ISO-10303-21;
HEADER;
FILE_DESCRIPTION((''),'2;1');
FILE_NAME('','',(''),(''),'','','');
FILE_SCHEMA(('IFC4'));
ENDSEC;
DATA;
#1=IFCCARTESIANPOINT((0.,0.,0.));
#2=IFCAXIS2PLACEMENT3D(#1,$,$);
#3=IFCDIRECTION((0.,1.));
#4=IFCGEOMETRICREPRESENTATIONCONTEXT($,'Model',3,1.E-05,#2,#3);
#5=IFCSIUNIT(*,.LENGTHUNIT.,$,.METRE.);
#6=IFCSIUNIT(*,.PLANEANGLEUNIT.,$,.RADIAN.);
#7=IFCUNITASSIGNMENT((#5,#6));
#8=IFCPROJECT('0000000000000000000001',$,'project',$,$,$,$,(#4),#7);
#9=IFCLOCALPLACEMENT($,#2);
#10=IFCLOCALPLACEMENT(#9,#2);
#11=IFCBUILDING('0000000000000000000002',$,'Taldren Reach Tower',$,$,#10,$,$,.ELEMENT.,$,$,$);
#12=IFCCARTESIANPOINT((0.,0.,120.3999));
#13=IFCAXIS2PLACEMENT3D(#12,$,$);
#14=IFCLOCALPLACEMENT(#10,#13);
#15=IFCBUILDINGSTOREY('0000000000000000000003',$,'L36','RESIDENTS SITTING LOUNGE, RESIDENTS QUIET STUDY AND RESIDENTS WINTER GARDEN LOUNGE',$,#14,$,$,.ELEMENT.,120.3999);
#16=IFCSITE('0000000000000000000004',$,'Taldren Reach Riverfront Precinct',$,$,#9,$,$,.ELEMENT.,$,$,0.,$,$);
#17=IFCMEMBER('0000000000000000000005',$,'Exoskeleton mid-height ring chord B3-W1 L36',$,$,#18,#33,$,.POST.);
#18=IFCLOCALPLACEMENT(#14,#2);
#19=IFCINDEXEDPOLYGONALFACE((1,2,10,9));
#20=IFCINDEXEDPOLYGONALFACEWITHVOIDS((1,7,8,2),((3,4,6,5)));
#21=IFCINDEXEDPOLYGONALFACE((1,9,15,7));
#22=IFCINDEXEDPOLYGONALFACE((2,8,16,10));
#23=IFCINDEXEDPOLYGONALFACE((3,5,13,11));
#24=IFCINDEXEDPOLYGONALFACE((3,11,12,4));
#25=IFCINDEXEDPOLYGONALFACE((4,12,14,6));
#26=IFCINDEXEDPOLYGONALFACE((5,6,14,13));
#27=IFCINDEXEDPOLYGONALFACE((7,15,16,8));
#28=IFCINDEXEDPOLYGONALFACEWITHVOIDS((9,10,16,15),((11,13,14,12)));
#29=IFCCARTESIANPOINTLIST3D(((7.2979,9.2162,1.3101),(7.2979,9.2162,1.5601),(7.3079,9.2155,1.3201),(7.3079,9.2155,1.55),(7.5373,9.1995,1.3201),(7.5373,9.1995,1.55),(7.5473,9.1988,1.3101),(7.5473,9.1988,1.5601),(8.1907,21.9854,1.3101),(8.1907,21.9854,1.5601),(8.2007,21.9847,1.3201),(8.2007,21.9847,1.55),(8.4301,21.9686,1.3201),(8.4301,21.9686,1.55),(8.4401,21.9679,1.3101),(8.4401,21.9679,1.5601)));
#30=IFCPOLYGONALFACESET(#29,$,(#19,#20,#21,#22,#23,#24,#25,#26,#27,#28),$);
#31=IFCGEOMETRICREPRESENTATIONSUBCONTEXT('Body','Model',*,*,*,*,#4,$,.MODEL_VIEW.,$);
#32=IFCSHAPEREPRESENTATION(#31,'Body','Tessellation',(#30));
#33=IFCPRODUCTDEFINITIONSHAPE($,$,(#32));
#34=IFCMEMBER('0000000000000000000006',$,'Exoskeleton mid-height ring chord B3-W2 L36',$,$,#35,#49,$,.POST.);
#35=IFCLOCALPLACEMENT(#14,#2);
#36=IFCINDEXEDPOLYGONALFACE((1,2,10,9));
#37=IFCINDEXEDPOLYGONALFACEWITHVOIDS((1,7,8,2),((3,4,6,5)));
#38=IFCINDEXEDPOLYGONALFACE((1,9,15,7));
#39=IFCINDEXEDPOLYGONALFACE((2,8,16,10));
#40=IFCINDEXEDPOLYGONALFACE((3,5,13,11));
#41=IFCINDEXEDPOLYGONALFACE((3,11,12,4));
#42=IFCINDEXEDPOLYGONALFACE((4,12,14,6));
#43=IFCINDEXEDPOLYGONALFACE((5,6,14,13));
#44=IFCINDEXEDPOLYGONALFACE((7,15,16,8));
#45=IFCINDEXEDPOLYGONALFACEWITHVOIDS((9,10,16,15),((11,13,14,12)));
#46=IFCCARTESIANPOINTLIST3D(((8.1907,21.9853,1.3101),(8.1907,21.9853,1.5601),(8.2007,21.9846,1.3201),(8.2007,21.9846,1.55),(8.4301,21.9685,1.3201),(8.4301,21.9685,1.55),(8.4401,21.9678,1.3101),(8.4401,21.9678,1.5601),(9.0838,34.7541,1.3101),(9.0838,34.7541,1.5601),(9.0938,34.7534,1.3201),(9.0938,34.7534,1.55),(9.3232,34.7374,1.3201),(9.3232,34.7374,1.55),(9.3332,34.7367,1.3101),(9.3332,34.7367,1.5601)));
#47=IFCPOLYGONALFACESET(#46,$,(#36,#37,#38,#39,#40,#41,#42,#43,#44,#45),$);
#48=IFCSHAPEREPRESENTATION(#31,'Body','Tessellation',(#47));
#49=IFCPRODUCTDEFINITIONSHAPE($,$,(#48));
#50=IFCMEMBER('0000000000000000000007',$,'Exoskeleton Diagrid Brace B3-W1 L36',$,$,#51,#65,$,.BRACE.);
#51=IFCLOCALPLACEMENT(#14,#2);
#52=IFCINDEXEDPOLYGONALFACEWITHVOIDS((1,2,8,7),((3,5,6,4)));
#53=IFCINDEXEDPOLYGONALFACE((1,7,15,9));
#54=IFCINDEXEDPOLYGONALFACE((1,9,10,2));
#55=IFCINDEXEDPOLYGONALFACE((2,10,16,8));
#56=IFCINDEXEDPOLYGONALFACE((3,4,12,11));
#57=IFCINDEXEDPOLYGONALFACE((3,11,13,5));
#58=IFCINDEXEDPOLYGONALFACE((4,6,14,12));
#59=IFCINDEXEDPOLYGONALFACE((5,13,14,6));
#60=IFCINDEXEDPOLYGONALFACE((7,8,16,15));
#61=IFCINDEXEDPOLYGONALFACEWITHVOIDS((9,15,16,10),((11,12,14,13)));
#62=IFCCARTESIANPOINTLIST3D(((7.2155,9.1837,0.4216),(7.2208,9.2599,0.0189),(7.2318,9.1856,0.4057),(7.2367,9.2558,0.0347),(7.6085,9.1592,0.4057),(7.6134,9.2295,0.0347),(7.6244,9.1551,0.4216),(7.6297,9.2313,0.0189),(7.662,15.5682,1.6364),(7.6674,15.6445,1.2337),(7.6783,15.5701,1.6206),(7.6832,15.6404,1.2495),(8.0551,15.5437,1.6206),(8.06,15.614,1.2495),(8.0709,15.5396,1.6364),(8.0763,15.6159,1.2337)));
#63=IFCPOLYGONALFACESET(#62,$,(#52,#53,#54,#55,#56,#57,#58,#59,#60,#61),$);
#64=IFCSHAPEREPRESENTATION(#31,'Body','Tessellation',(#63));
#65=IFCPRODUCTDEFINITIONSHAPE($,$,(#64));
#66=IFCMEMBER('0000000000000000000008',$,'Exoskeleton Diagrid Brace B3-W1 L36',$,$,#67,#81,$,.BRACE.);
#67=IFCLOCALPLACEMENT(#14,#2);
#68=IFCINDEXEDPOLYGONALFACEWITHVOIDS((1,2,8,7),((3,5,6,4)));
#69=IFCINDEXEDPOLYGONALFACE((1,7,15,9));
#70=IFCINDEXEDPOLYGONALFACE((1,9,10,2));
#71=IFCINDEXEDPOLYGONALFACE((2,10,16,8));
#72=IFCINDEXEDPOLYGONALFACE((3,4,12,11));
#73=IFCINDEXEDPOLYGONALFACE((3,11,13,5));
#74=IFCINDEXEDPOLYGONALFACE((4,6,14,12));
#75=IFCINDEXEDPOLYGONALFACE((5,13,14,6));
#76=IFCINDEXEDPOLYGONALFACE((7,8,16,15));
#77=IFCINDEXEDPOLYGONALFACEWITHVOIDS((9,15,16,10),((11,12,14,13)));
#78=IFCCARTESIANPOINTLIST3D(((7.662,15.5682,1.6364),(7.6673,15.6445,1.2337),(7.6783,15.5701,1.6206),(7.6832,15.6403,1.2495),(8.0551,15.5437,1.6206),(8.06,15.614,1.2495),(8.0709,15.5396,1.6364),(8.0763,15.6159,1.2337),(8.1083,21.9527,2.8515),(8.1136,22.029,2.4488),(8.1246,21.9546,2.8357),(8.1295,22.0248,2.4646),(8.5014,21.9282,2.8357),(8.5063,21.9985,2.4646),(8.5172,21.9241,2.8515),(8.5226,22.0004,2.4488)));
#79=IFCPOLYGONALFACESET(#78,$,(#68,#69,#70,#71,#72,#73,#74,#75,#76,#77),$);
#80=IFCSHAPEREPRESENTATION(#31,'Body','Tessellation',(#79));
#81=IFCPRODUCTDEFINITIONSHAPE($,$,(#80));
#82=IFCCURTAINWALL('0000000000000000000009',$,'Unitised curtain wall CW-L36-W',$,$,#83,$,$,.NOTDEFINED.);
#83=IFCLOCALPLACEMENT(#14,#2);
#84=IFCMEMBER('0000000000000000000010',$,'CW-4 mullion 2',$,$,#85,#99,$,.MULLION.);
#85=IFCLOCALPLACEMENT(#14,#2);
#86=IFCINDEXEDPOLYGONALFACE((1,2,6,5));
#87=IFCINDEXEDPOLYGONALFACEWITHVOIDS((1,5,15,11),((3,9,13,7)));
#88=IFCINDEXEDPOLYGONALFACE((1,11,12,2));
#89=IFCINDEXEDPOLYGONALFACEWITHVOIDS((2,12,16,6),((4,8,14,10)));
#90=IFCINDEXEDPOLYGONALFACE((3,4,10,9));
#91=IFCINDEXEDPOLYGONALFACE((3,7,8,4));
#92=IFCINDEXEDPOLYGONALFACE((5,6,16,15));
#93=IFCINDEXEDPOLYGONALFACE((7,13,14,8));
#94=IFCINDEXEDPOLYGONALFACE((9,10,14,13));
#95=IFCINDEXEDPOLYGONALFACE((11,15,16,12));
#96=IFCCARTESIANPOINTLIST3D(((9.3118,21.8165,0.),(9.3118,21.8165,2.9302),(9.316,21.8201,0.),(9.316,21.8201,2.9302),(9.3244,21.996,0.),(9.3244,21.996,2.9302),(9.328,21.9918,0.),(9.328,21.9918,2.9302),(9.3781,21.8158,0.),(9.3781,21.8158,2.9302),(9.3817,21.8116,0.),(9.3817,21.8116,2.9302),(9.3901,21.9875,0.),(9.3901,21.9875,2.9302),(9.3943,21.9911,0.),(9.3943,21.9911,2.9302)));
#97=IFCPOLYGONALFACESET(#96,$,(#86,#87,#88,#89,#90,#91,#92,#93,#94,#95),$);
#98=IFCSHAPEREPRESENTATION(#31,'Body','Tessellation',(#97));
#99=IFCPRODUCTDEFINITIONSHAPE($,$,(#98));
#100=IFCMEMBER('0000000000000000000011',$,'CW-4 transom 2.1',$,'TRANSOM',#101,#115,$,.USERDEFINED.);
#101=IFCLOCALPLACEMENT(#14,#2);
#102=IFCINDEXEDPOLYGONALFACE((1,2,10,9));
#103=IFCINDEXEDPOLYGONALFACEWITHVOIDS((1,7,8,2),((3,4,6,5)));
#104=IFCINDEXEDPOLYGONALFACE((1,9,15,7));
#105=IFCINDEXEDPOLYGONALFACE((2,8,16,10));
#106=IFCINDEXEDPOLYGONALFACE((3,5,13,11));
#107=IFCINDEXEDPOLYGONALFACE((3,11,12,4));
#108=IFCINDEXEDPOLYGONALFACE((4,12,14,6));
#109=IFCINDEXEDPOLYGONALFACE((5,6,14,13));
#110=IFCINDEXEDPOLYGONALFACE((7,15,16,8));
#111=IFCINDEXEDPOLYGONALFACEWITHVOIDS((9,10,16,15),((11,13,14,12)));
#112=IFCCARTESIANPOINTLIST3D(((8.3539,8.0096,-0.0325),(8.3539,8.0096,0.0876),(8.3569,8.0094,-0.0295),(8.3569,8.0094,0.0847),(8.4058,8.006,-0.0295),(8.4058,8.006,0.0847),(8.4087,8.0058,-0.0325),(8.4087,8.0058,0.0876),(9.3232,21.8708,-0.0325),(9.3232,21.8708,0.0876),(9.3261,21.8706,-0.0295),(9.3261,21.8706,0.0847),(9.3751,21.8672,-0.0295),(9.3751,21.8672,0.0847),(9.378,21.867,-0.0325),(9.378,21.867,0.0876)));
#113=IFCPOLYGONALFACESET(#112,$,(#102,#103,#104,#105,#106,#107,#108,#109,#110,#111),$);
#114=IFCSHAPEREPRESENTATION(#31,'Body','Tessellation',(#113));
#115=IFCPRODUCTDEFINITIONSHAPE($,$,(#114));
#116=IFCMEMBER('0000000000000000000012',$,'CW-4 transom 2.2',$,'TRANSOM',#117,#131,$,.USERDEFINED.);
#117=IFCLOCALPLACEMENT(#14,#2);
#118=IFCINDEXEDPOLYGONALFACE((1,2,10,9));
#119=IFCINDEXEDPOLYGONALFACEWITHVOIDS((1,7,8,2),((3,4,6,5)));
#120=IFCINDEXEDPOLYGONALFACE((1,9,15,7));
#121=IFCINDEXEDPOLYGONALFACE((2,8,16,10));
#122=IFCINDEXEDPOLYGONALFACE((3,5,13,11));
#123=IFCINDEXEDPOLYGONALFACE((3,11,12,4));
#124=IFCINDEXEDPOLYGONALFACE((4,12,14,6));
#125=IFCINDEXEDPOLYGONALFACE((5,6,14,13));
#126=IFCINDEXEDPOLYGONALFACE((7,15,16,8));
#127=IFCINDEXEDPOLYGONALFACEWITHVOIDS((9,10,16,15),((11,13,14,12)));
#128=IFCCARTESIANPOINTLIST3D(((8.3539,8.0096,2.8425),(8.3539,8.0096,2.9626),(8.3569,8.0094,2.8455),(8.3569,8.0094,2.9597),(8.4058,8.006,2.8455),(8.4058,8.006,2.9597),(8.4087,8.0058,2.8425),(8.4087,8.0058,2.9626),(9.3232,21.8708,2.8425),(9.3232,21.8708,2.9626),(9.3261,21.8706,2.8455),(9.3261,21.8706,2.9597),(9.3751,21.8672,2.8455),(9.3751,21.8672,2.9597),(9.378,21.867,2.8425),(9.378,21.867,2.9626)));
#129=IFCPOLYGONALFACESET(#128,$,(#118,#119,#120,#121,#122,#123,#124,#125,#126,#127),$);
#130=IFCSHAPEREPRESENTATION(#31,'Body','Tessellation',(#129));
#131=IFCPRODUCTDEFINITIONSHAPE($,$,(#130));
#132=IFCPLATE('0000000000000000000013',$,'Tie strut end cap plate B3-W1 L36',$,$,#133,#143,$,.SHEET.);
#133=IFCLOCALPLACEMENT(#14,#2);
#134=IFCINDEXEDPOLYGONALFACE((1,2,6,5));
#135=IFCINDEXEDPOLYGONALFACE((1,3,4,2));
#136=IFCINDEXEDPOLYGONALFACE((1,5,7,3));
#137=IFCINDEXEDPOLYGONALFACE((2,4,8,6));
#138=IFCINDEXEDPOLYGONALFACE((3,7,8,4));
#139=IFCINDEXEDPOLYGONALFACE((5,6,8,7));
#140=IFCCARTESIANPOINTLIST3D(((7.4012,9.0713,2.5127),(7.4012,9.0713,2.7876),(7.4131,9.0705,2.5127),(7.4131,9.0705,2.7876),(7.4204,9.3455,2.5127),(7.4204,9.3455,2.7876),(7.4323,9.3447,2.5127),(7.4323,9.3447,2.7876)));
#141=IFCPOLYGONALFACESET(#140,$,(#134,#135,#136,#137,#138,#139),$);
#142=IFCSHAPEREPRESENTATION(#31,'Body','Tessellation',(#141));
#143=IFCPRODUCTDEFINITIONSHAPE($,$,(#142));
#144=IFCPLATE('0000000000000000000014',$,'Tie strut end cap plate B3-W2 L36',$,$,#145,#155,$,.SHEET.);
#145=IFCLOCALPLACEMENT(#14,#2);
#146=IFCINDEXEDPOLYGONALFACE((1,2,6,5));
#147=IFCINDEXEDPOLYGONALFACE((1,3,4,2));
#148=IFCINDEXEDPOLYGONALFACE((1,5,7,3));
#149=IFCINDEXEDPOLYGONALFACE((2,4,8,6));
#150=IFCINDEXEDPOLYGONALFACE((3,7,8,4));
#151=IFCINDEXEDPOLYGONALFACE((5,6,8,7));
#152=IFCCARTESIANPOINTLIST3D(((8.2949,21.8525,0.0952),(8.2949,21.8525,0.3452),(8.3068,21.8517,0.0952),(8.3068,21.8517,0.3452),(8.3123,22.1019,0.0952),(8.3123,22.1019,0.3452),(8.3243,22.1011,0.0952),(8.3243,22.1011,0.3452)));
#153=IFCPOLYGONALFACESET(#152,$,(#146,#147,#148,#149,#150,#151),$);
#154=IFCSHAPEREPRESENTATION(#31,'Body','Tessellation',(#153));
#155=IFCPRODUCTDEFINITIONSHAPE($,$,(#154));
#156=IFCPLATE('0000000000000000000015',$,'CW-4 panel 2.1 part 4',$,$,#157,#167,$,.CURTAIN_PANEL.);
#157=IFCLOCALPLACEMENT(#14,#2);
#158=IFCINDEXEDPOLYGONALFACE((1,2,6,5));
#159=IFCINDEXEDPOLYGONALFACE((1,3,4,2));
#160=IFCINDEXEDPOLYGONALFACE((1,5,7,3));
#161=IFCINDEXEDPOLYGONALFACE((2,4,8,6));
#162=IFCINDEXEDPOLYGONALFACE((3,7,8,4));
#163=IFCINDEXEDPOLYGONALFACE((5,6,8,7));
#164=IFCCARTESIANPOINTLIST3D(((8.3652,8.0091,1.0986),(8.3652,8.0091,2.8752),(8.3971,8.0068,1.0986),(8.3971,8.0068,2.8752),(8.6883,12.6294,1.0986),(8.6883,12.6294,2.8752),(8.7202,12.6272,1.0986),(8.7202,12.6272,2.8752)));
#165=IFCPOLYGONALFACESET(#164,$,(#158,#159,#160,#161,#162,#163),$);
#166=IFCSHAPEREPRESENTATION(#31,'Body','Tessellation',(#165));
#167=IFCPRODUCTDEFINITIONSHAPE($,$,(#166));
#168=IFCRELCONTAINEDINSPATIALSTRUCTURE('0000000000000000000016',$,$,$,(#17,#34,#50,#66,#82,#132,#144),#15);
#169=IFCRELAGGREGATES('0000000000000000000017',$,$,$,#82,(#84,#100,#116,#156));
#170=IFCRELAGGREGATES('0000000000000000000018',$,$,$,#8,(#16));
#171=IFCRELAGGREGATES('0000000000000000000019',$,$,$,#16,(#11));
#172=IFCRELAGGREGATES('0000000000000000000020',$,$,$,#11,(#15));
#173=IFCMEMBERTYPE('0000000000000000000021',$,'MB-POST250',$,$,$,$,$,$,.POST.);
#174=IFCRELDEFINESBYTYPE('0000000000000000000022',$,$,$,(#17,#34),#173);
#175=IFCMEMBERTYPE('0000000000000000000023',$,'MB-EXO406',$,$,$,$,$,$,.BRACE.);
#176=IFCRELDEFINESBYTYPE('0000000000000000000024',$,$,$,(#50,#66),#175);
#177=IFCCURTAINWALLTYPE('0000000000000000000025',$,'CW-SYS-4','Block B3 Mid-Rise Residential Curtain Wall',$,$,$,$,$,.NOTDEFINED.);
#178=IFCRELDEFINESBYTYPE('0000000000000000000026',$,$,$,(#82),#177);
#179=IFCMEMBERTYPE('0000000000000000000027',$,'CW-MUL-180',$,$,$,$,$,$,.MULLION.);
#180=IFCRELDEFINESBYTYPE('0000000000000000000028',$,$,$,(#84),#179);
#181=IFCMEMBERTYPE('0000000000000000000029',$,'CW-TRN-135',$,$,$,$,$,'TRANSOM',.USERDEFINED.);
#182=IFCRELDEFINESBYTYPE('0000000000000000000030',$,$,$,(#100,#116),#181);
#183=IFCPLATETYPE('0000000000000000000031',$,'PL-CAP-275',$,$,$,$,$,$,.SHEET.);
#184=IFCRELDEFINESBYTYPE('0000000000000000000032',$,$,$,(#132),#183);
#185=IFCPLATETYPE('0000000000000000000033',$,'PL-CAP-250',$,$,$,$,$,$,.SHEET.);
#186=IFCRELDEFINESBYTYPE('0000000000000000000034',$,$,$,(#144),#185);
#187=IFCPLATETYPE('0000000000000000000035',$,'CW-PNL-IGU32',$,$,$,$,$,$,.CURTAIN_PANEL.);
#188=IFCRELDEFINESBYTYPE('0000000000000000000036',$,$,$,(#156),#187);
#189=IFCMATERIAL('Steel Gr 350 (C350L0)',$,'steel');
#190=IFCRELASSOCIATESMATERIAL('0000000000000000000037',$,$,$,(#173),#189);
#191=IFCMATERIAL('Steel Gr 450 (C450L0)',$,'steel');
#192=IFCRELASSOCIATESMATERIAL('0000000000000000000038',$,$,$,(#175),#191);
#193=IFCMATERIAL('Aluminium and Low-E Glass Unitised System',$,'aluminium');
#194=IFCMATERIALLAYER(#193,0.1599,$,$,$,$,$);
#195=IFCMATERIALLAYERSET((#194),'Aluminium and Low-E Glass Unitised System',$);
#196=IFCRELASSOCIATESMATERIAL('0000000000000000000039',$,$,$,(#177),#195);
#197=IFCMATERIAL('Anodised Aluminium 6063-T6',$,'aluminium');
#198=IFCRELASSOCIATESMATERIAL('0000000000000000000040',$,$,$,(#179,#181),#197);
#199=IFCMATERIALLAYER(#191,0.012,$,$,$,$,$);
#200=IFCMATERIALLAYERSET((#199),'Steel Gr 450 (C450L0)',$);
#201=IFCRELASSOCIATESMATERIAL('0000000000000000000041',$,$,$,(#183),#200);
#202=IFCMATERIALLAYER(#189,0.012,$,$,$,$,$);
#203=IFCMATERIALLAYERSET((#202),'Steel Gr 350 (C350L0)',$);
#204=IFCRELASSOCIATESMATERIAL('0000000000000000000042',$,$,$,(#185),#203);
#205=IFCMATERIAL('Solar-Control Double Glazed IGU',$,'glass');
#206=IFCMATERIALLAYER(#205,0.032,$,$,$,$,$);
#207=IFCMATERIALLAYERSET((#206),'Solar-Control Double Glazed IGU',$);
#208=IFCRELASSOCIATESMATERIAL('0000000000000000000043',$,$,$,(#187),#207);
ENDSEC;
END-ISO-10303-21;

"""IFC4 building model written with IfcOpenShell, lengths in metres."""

from ifc_helpers import new_model, si_unit, direction, frame, origin, origin_2d, place, context, subcontext, project, spatial, rectangle, hollow_rectangle, extrude, source, transform, mapped, material, layer, layer_set, material_profile, profile_set, type_object, element, aggregate, save


model = new_model("IFC4")

# Units and contexts
model_context = context("Model", 3, precision=1e-05, world=origin(), true_north=direction((0.0, 1.0)))
body_context = subcontext(model_context, "Body", "Model", "MODEL_VIEW")
ifc_project = project(units=[si_unit("LENGTHUNIT", "METRE"), si_unit("PLANEANGLEUNIT", "RADIAN")], contexts=[model_context])

# Site, building, storey
site_placement = place(None, origin())
site = spatial("IfcSite", under=ifc_project, at=site_placement, Name="Taldren Reach Riverfront Precinct", CompositionType="ELEMENT", RefElevation=0.0)
building_placement = place(site_placement, origin())
building = spatial("IfcBuilding", under=site, at=building_placement, Name="Taldren Reach Tower", CompositionType="ELEMENT")
storey_placement = place(building_placement, frame((0.0, 0.0, 120.3999)))
storey = spatial("IfcBuildingStorey", under=building, at=storey_placement, Name="L36", Description="RESIDENTS SITTING LOUNGE, RESIDENTS QUIET STUDY AND RESIDENTS WINTER GARDEN LOUNGE", CompositionType="ELEMENT", Elevation=120.3999)

# Shared definitions
ifc_material_1 = material(Name="Steel Gr 450 (C450L0)", Category="steel")
ifc_material_2 = material(Name="Steel Gr 350 (C350L0)", Category="steel")
ifc_material_profile_1 = material_profile(ifc_material_2, hollow_rectangle(XDim=0.25, YDim=0.25, WallThickness=0.01, at=origin_2d()), Name="250x250x10.0SHS")
ifc_profile_set_1 = profile_set([ifc_material_profile_1], Name="Steel Gr 350 (C350L0)")
member_type_1 = type_object("IfcMemberType", Name="MB-POST250", PredefinedType="POST", material=ifc_profile_set_1)

# Members
shared_shape_1 = source(origin(), body_context, "Body", "SweptSolid", [
    extrude(hollow_rectangle(XDim=0.25, YDim=0.25, WallThickness=0.01, at=origin_2d()), origin(), (0.0, 0.0, 1.0), 12.8003),
])
member_1_placement = place(storey_placement, frame((7.4226, 9.2075, 1.4351), z_axis=(0.069751, 0.997564, 0.0), x_axis=(-0.997564, 0.069751, 0.0)))
element("IfcMember", 1, at=member_1_placement, inside=storey, type_object=member_type_1, Name="Exoskeleton mid-height ring chord B3-W1 L36", PredefinedType="POST", context=body_context, shape_type="MappedRepresentation", body=[
    mapped(shared_shape_1, transform((0.0, 0.0, 0.0), scale=1.0)),
])
shared_shape_2 = source(origin(), body_context, "Body", "SweptSolid", [
    extrude(hollow_rectangle(XDim=0.25, YDim=0.25, WallThickness=0.01, at=origin_2d()), origin(), (0.0, 0.0, 1.0), 12.8),
])
member_2_placement = place(storey_placement, frame((8.3154, 21.9766, 1.4351), z_axis=(0.069771, 0.997563, 0.0), x_axis=(-0.997563, 0.069771, 0.0)))
element("IfcMember", 2, at=member_2_placement, inside=storey, type_object=member_type_1, Name="Exoskeleton mid-height ring chord B3-W2 L36", PredefinedType="POST", context=body_context, shape_type="MappedRepresentation", body=[
    mapped(shared_shape_2, transform((0.0, 0.0, 0.0), scale=1.0)),
])
ifc_material_profile_2 = material_profile(ifc_material_1, hollow_rectangle(XDim=0.4099, YDim=0.4099, WallThickness=0.0161, at=origin_2d()), Name="410x410x16.0SHS")
ifc_profile_set_2 = profile_set([ifc_material_profile_2], Name="Steel Gr 450 (C450L0)")
member_type_2 = type_object("IfcMemberType", Name="MB-EXO406", PredefinedType="BRACE", material=ifc_profile_set_2)
shared_shape_3 = source(origin(), body_context, "Body", "SweptSolid", [
    extrude(hollow_rectangle(XDim=0.4099, YDim=0.4099, WallThickness=0.0161, at=origin_2d()), origin(), (0.0, 0.0, 1.0), 6.5144),
])
for number, where, z_axis, x_axis, name in (
    (3, (7.4226, 9.2075, 0.2202), (0.068546, 0.980063, 0.186486), (-0.997563, 0.06977, 0.0), "Exoskeleton Diagrid Brace B3-W1 L36"),
    (4, (7.8691, 15.592, 1.4351), (0.068508, 0.980059, 0.186523), (-0.997566, 0.069732, 0.0), "Exoskeleton Diagrid Brace B3-W1 L36"),
):
    element("IfcMember", number, at=place(storey_placement, frame(where, z_axis=z_axis, x_axis=x_axis)), inside=storey, type_object=member_type_2, Name=name, PredefinedType="BRACE", context=body_context, shape_type="MappedRepresentation", body=[
        mapped(shared_shape_3, transform((0.0, 0.0, 0.0), scale=1.0)),
    ])

# Curtain wall, members
ifc_material_3 = material(Name="Aluminium and Low-E Glass Unitised System", Category="aluminium")
ifc_layer_1 = layer(ifc_material_3, 0.1599)
ifc_layer_set_1 = layer_set([ifc_layer_1], Name="Aluminium and Low-E Glass Unitised System")
curtain_wall_type = type_object("IfcCurtainWallType", Name="CW-SYS-4", Description="Block B3 Mid-Rise Residential Curtain Wall", PredefinedType="NOTDEFINED", material=ifc_layer_set_1)
curtain_wall_placement = place(storey_placement, origin())
curtain_wall = element("IfcCurtainWall", 5, at=curtain_wall_placement, inside=storey, type_object=curtain_wall_type, Name="Unitised curtain wall CW-L36-W", PredefinedType="NOTDEFINED")
ifc_material_4 = material(Name="Anodised Aluminium 6063-T6", Category="aluminium")
ifc_material_profile_3 = material_profile(ifc_material_4, hollow_rectangle(XDim=0.0701, YDim=0.1799, WallThickness=0.0039, at=origin_2d()), Name="ALU-180x70x4RHS")
ifc_profile_set_3 = profile_set([ifc_material_profile_3], Name="Anodised Aluminium 6063-T6")
member_type_3 = type_object("IfcMemberType", Name="CW-MUL-180", PredefinedType="MULLION", material=ifc_profile_set_3)
shared_shape_4 = source(origin(), body_context, "Body", "SweptSolid", [
    extrude(hollow_rectangle(XDim=0.0701, YDim=0.1799, WallThickness=0.0039, at=origin_2d()), origin(), (0.0, 0.0, 1.0), 2.9302),
])
member_3_placement = place(storey_placement, frame((9.353, 21.9038, 0.0), z_axis=(0.0, 0.0, 1.0), x_axis=(0.997564, -0.069756, 0.0)))
member_3 = element("IfcMember", 6, at=member_3_placement, type_object=member_type_3, Name="CW-4 mullion 2", PredefinedType="MULLION", context=body_context, shape_type="MappedRepresentation", body=[
    mapped(shared_shape_4, transform((0.0, 0.0, 0.0), scale=1.0)),
])
ifc_material_profile_4 = material_profile(ifc_material_4, hollow_rectangle(XDim=0.0549, YDim=0.1201, WallThickness=0.0029, at=origin_2d()), Name="ALU-120x55x3RHS")
ifc_profile_set_4 = profile_set([ifc_material_profile_4], Name="Anodised Aluminium 6063-T6")
member_type_4 = type_object("IfcMemberType", Name="CW-TRN-135", ElementType="TRANSOM", PredefinedType="USERDEFINED", material=ifc_profile_set_4)
shared_shape_5 = source(origin(), body_context, "Body", "SweptSolid", [
    extrude(hollow_rectangle(XDim=0.0549, YDim=0.1201, WallThickness=0.0029, at=origin_2d()), origin(), (0.0, 0.0, 1.0), 13.895),
])
member_4_placement = place(storey_placement, frame((9.3506, 21.8689, 0.0276), z_axis=(-0.069755, -0.997564, 0.0), x_axis=(0.997564, -0.069755, 0.0)))
member_4 = element("IfcMember", 7, at=member_4_placement, type_object=member_type_4, Name="CW-4 transom 2.1", ObjectType="TRANSOM", PredefinedType="USERDEFINED", context=body_context, shape_type="MappedRepresentation", body=[
    mapped(shared_shape_5, transform((0.0, 0.0, 0.0), scale=1.0)),
])
member_5_placement = place(storey_placement, frame((9.3506, 21.8689, 2.9026), z_axis=(-0.069755, -0.997564, 0.0), x_axis=(0.997564, -0.069755, 0.0)))
member_5 = element("IfcMember", 8, at=member_5_placement, type_object=member_type_4, Name="CW-4 transom 2.2", ObjectType="TRANSOM", PredefinedType="USERDEFINED", context=body_context, shape_type="MappedRepresentation", body=[
    mapped(shared_shape_5, transform((0.0, 0.0, 0.0), scale=1.0)),
])

# Plates
ifc_layer_2 = layer(ifc_material_1, 0.012)
ifc_layer_set_2 = layer_set([ifc_layer_2], Name="Steel Gr 450 (C450L0)")
plate_type_1 = type_object("IfcPlateType", Name="PL-CAP-275", PredefinedType="SHEET", material=ifc_layer_set_2)
shared_shape_6 = source(origin(), body_context, "Body", "SweptSolid", [
    extrude(rectangle(XDim=0.012, YDim=0.2749, at=origin_2d()), origin(), (0.0, 0.0, 1.0), 0.2749),
])
plate_1_placement = place(storey_placement, frame((7.4167, 9.208, 2.5127), z_axis=(0.0, 0.0, 1.0), x_axis=(0.997564, -0.069756, 0.0)))
element("IfcPlate", 9, at=plate_1_placement, inside=storey, type_object=plate_type_1, Name="Tie strut end cap plate B3-W1 L36", PredefinedType="SHEET", context=body_context, shape_type="MappedRepresentation", body=[
    mapped(shared_shape_6, transform((0.0, 0.0, 0.0), scale=1.0)),
])
ifc_layer_3 = layer(ifc_material_2, 0.012)
ifc_layer_set_3 = layer_set([ifc_layer_3], Name="Steel Gr 350 (C350L0)")
plate_type_2 = type_object("IfcPlateType", Name="PL-CAP-250", PredefinedType="SHEET", material=ifc_layer_set_3)
shared_shape_7 = source(origin(), body_context, "Body", "SweptSolid", [
    extrude(rectangle(XDim=0.012, YDim=0.25, at=origin_2d()), origin(), (0.0, 0.0, 1.0), 0.25),
])
plate_2_placement = place(storey_placement, frame((8.3096, 21.9768, 0.0952), z_axis=(0.0, 0.0, 1.0), x_axis=(0.997564, -0.069756, 0.0)))
element("IfcPlate", 10, at=plate_2_placement, inside=storey, type_object=plate_type_2, Name="Tie strut end cap plate B3-W2 L36", PredefinedType="SHEET", context=body_context, shape_type="MappedRepresentation", body=[
    mapped(shared_shape_7, transform((0.0, 0.0, 0.0), scale=1.0)),
])

# Plate
ifc_material_5 = material(Name="Solar-Control Double Glazed IGU", Category="glass")
ifc_layer_4 = layer(ifc_material_5, 0.032)
ifc_layer_set_4 = layer_set([ifc_layer_4], Name="Solar-Control Double Glazed IGU")
plate_type_3 = type_object("IfcPlateType", Name="CW-PNL-IGU32", PredefinedType="CURTAIN_PANEL", material=ifc_layer_set_4)
shared_shape_8 = source(origin(), body_context, "Body", "SweptSolid", [
    extrude(rectangle(XDim=4.6316, YDim=0.032, at=origin_2d()), origin(), (0.0, 0.0, 1.0), 1.7766),
])
plate_3_placement = place(storey_placement, frame((8.5427, 10.3181, 1.0986), z_axis=(0.0, 0.0, 1.0), x_axis=(-0.069756, -0.997564, 0.0)))
plate_3 = element("IfcPlate", 11, at=plate_3_placement, type_object=plate_type_3, Name="CW-4 panel 2.1 part 4", PredefinedType="CURTAIN_PANEL", context=body_context, shape_type="MappedRepresentation", body=[
    mapped(shared_shape_8, transform((0.0, 0.0, 0.0), scale=1.0)),
])
aggregate(curtain_wall, [member_3, member_4, member_5, plate_3])

save(model, "model.ifc")
